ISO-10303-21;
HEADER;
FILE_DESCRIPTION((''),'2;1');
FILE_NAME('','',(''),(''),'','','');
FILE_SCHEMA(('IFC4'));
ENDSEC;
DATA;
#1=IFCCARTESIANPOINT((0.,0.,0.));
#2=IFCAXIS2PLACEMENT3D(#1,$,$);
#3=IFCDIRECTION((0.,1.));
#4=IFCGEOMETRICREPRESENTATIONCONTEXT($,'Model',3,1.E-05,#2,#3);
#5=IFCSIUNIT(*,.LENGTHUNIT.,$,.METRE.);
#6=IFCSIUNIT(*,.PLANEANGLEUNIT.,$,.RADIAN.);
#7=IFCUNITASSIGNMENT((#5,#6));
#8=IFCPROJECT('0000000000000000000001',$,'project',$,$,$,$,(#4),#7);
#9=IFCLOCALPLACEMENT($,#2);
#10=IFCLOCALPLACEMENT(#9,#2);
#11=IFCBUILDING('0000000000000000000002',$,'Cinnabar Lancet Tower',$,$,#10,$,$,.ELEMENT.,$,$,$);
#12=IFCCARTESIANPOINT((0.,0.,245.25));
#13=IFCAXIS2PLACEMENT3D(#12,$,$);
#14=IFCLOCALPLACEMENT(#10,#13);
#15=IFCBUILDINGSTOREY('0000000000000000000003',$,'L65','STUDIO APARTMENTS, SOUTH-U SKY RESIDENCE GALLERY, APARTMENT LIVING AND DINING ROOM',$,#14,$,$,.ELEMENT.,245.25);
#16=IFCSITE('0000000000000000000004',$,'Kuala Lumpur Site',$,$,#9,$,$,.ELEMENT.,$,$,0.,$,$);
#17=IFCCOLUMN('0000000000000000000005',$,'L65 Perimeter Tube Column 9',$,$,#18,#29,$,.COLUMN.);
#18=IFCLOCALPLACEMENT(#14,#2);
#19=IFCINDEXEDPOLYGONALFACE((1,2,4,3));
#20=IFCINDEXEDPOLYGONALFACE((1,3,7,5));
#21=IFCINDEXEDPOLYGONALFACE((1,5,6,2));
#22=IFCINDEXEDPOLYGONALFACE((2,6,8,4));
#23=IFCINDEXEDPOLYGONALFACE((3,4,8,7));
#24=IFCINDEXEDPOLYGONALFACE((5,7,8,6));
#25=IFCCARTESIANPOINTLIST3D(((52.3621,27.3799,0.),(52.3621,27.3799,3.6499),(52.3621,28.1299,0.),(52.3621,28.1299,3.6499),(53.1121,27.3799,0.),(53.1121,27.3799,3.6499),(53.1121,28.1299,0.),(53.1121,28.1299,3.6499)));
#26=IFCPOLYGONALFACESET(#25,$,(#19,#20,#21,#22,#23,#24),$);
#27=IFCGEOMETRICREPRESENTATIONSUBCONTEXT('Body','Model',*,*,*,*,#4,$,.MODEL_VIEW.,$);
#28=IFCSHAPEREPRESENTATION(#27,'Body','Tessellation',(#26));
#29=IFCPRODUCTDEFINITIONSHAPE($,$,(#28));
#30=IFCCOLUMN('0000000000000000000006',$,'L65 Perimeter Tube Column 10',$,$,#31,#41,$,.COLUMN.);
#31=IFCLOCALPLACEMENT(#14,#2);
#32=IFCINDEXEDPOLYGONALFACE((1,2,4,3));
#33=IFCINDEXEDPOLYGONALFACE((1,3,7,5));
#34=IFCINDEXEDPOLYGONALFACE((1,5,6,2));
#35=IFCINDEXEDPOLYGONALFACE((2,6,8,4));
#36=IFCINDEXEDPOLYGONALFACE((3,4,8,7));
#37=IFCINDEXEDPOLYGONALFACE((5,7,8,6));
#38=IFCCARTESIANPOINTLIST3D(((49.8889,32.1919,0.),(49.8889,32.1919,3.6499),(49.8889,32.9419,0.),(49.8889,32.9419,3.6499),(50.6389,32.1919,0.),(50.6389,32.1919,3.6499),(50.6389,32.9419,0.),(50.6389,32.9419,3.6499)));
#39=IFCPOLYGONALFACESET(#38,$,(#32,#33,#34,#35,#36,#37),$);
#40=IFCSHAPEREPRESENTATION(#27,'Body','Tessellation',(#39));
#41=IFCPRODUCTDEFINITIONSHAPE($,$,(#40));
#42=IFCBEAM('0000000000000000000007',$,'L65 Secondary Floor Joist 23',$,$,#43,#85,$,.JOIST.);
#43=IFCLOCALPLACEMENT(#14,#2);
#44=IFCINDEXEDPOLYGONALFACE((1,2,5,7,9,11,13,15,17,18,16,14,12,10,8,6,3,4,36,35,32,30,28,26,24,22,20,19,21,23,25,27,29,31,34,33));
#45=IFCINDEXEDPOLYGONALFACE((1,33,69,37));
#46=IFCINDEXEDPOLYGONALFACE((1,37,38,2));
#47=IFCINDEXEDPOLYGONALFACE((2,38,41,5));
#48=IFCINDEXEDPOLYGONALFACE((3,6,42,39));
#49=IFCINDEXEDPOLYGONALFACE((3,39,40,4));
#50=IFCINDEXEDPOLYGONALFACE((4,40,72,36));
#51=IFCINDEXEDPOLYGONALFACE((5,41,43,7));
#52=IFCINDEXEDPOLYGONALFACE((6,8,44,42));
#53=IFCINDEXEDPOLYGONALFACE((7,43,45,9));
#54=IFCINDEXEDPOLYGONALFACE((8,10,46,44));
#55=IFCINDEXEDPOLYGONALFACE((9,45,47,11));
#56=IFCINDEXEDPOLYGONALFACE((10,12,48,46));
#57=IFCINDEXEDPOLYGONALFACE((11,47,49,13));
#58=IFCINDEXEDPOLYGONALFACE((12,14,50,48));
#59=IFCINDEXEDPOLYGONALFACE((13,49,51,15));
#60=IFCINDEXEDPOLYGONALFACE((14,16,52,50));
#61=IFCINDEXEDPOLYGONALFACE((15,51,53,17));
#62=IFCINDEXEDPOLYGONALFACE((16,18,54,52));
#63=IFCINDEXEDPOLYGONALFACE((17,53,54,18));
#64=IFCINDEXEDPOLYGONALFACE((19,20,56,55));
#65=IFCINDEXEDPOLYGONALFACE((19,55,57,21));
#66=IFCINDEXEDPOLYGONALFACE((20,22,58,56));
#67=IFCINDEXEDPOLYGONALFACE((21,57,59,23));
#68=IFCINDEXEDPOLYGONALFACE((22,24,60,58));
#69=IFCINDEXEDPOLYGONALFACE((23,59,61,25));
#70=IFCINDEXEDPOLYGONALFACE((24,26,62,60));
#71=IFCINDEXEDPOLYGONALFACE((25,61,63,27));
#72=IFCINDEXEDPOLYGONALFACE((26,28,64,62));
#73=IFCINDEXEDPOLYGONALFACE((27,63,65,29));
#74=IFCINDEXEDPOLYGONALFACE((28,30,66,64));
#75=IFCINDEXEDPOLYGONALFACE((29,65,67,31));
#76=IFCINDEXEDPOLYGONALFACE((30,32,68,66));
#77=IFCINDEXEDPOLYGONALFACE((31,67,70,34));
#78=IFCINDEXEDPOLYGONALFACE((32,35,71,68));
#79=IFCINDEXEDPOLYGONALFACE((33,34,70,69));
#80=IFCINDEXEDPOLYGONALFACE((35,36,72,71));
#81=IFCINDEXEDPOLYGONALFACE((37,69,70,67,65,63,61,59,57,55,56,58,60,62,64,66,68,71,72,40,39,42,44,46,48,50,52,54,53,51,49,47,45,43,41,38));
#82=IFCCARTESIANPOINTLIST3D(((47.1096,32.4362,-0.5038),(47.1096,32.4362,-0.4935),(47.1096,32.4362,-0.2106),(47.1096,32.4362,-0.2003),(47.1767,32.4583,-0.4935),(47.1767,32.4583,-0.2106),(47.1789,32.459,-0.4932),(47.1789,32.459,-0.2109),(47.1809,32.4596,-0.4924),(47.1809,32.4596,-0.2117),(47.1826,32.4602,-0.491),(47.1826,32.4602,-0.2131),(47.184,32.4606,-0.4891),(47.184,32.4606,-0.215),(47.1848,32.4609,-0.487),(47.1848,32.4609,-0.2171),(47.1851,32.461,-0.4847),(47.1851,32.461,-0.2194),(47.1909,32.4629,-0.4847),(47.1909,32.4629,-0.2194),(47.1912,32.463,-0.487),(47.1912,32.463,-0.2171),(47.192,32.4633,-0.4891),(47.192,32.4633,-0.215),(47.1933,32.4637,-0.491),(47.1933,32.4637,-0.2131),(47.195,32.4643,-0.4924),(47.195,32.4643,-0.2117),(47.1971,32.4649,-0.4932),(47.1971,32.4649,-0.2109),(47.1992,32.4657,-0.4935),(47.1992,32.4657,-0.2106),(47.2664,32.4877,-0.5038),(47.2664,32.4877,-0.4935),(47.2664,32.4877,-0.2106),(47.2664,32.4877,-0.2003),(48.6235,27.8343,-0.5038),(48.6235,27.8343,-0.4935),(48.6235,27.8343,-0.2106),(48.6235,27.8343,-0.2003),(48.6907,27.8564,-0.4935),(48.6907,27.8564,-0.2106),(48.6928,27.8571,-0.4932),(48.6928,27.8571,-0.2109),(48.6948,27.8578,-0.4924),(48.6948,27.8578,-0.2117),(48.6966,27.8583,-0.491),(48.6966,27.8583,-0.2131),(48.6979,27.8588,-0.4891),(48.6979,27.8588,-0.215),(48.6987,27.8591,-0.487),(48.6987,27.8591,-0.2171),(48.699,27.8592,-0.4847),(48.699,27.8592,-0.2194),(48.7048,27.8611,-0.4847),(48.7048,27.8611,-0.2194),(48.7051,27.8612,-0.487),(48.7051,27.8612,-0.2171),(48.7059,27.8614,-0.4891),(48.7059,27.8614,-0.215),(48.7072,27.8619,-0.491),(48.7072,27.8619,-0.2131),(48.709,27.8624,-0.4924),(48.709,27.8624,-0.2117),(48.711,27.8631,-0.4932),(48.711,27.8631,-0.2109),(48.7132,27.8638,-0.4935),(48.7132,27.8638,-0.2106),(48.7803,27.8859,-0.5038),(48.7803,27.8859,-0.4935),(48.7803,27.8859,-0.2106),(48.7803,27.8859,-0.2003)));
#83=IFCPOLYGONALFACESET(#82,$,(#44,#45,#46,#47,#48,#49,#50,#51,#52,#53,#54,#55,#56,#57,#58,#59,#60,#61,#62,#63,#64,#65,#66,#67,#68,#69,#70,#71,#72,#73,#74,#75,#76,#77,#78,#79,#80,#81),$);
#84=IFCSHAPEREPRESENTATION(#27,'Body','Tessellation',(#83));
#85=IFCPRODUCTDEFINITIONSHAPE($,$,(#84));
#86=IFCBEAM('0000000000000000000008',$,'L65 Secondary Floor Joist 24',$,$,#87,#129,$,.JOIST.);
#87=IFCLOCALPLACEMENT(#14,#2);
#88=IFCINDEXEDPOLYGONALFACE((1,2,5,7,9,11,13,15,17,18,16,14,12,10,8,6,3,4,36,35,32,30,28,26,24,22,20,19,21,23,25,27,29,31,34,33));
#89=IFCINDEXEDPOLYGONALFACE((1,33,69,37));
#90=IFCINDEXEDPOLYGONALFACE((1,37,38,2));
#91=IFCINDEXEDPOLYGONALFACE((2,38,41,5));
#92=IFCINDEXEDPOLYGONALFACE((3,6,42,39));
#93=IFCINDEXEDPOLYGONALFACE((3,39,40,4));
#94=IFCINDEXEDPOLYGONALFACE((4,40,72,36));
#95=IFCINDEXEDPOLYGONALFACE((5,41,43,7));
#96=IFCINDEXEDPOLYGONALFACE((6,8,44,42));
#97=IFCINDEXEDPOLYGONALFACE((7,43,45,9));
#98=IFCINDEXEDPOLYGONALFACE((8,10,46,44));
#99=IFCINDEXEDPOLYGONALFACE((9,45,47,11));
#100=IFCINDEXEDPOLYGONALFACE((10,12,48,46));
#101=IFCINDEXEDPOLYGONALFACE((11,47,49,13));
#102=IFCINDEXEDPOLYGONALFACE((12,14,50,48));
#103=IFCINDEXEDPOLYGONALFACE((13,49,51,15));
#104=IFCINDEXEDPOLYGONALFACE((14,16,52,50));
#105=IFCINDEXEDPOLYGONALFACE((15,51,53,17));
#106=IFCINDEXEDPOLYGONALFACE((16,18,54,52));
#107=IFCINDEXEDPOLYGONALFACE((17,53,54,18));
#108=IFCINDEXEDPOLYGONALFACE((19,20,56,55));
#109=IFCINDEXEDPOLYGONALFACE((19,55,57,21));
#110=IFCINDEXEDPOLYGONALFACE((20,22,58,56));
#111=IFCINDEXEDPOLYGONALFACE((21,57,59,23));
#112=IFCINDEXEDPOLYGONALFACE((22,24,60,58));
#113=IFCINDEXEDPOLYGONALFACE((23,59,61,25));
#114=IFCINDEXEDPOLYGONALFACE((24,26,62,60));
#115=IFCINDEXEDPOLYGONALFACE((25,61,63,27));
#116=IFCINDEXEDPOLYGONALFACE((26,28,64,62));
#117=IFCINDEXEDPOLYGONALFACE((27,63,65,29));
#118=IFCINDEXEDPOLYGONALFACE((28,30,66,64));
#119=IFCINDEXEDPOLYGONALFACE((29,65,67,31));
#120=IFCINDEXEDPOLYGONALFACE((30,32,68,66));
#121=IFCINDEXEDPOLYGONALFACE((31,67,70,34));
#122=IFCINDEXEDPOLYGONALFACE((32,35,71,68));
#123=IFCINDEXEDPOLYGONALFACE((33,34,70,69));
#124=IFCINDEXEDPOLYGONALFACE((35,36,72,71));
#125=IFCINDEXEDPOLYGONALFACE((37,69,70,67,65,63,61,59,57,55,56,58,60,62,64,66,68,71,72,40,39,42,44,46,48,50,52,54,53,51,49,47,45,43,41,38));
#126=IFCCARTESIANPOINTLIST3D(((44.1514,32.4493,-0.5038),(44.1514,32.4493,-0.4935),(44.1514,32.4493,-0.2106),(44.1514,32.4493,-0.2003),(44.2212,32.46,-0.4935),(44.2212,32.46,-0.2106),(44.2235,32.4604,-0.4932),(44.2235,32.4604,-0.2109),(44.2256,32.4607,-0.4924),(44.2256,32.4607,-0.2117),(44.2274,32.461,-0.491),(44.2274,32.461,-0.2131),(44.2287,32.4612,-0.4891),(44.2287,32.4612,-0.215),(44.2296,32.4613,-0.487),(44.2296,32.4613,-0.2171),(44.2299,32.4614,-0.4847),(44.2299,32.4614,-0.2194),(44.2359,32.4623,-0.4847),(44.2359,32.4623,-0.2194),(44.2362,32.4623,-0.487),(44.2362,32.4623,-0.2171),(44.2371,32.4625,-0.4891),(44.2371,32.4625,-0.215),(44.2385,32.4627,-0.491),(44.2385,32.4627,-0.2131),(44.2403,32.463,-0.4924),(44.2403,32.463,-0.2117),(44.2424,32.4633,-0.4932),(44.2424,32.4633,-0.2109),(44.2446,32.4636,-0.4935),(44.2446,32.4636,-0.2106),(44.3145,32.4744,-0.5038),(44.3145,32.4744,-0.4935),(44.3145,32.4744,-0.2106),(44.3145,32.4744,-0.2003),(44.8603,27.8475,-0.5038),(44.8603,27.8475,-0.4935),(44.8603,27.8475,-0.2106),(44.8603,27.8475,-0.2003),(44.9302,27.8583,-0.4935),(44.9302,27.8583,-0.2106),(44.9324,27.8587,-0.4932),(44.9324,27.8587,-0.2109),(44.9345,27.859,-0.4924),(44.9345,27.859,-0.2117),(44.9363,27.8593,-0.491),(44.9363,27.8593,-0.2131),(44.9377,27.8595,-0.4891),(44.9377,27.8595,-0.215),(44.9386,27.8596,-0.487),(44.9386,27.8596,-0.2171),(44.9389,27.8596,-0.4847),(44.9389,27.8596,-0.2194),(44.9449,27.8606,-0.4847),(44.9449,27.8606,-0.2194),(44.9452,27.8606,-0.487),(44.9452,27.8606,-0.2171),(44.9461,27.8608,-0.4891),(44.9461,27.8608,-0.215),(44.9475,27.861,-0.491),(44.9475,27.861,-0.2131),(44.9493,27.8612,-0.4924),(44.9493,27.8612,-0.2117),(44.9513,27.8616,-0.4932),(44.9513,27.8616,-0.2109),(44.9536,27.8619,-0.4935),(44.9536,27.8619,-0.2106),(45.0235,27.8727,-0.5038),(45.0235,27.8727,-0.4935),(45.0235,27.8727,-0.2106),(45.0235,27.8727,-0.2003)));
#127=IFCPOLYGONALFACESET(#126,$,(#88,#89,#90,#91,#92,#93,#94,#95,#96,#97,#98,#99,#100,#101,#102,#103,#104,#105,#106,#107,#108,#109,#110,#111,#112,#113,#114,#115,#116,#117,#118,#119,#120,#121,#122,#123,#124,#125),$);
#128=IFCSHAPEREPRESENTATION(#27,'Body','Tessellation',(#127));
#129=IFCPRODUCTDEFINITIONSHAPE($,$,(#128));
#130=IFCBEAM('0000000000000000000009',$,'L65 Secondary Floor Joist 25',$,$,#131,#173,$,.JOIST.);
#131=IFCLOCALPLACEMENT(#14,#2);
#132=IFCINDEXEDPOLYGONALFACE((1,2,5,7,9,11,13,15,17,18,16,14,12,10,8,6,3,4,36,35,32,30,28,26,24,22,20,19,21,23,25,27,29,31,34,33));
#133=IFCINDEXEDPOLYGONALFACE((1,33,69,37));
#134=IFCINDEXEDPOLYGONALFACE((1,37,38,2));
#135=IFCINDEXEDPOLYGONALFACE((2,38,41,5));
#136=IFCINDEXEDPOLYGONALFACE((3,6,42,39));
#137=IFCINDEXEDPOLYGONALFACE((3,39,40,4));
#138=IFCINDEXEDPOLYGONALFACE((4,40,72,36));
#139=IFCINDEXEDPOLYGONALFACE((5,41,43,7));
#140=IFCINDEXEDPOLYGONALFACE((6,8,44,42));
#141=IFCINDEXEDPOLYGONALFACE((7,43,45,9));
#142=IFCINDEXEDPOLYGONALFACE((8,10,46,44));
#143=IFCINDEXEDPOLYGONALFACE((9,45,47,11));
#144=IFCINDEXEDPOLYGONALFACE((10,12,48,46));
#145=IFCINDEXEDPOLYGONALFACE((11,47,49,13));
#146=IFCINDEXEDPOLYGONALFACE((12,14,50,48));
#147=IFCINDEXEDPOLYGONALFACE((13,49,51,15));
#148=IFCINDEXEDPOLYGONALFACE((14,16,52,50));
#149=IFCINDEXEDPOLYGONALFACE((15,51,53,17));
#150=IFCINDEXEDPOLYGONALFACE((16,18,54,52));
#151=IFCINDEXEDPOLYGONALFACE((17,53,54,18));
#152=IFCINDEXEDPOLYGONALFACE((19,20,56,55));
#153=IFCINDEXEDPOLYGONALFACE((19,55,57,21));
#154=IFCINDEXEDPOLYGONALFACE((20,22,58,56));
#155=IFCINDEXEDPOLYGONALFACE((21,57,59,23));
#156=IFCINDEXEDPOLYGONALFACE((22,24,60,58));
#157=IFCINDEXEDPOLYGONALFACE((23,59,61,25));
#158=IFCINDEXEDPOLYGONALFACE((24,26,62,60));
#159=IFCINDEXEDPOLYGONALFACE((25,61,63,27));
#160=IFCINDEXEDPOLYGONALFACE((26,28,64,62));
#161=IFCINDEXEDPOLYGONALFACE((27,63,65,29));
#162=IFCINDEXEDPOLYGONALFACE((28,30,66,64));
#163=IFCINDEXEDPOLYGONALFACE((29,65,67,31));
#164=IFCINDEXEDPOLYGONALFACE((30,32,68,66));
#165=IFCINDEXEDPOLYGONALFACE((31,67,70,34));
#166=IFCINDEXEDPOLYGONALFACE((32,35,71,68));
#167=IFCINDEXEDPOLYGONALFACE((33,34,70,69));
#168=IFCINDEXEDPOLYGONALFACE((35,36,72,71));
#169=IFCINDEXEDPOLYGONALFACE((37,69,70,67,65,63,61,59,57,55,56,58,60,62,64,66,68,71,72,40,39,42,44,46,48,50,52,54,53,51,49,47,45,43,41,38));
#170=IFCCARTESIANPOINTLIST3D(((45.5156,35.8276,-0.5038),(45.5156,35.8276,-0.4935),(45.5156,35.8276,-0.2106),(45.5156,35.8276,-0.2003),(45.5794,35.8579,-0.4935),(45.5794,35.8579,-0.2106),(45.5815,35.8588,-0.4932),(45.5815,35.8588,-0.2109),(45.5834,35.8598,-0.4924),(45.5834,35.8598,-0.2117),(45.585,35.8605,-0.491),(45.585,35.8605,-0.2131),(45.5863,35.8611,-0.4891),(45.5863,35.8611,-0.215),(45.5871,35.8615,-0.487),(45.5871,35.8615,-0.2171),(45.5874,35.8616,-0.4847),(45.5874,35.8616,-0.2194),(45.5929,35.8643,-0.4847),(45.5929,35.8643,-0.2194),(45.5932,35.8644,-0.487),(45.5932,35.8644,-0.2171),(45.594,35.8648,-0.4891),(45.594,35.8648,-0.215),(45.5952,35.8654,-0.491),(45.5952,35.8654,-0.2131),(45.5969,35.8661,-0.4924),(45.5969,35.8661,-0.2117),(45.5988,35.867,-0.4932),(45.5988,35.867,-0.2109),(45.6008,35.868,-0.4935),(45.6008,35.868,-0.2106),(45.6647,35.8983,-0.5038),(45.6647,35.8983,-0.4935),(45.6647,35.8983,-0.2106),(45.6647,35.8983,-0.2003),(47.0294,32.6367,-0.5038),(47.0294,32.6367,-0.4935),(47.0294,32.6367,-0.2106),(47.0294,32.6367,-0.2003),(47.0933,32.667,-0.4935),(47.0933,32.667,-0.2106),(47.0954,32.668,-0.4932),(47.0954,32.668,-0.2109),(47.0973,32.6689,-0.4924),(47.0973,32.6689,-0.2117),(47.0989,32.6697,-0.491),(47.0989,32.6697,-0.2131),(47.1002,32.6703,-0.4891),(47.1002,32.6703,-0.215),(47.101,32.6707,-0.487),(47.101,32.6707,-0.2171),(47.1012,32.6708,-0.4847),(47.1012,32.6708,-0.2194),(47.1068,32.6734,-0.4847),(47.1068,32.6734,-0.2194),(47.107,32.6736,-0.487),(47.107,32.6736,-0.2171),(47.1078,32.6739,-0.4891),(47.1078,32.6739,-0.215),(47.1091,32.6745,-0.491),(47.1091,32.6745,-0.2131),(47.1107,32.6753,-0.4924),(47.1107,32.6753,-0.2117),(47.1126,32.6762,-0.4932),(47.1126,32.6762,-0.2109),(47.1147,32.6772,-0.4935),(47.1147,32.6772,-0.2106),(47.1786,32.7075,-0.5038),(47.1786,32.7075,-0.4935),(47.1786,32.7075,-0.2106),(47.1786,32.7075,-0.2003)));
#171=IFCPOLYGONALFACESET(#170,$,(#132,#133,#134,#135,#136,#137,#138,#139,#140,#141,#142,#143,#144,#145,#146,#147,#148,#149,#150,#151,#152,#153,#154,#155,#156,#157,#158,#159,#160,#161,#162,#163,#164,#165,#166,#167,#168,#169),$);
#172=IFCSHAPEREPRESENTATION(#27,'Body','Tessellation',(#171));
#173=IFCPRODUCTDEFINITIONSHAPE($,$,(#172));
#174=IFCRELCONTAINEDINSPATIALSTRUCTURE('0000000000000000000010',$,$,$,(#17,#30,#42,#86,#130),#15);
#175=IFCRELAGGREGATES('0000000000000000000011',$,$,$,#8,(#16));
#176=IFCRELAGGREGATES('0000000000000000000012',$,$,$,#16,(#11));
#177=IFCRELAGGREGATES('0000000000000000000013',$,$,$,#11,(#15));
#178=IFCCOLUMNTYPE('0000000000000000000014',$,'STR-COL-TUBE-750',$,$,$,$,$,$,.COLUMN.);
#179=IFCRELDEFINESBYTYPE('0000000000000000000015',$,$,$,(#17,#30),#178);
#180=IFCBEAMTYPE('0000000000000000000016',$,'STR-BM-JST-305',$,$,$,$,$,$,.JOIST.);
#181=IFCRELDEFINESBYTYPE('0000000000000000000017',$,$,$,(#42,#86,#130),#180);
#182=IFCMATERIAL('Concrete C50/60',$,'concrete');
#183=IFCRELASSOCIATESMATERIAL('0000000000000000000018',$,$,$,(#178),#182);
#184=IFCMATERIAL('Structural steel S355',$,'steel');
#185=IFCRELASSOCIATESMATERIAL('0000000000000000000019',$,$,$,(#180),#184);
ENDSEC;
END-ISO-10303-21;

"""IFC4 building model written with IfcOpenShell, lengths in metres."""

from ifc_helpers import new_model, si_unit, direction, frame, origin, origin_2d, place, context, subcontext, project, spatial, rectangle, i_section, extrude, material, material_profile, profile_set, type_object, element, save


model = new_model("IFC4")

# Units and contexts
model_context = context("Model", 3, precision=1e-05, world=origin(), true_north=direction((0.0, 1.0)))
body_context = subcontext(model_context, "Body", "Model", "MODEL_VIEW")
ifc_project = project(units=[si_unit("LENGTHUNIT", "METRE"), si_unit("PLANEANGLEUNIT", "RADIAN")], contexts=[model_context])

# Site, building, storey
site_placement = place(None, origin())
site = spatial("IfcSite", under=ifc_project, at=site_placement, Name="Kuala Lumpur Site", CompositionType="ELEMENT", RefElevation=0.0)
building_placement = place(site_placement, origin())
building = spatial("IfcBuilding", under=site, at=building_placement, Name="Cinnabar Lancet Tower", CompositionType="ELEMENT")
storey_placement = place(building_placement, frame((0.0, 0.0, 245.25)))
storey = spatial("IfcBuildingStorey", under=building, at=storey_placement, Name="L65", Description="STUDIO APARTMENTS, SOUTH-U SKY RESIDENCE GALLERY, APARTMENT LIVING AND DINING ROOM", CompositionType="ELEMENT", Elevation=245.25)

# Columns
ifc_material_1 = material(Name="Concrete C50/60", Category="concrete")
ifc_material_profile_1 = material_profile(ifc_material_1, rectangle(XDim=0.75, YDim=0.75, at=origin_2d()), Name="RC-COL 750x750")
ifc_profile_set_1 = profile_set([ifc_material_profile_1], Name="Concrete C50/60")
column_type = type_object("IfcColumnType", Name="STR-COL-TUBE-750", PredefinedType="COLUMN", material=ifc_profile_set_1)
for number, where, z_axis, x_axis, name in (
    (1, (52.7371, 27.7549, 0.0), (0.0, 0.0, 1.0), (1.0, 0.0, 0.0), "L65 Perimeter Tube Column 9"),
    (2, (50.2639, 32.5669, 0.0), (0.0, 0.0, 1.0), (1.0, 0.0, 0.0), "L65 Perimeter Tube Column 10"),
):
    element("IfcColumn", number, at=place(storey_placement, frame(where, z_axis=z_axis, x_axis=x_axis)), inside=storey, type_object=column_type, Name=name, PredefinedType="COLUMN", context=body_context, shape_type="SweptSolid", body=[
        extrude(rectangle(XDim=0.75, YDim=0.75, at=origin_2d()), origin(), (0.0, 0.0, 1.0), 3.6499),
    ])

# Beams
ifc_material_2 = material(Name="Structural steel S355", Category="steel")
ifc_material_profile_2 = material_profile(ifc_material_2, i_section(OverallWidth=0.165, OverallDepth=0.3035, WebThickness=0.0061, FlangeThickness=0.0103, FilletRadius=0.0088, at=origin_2d()), Name="UKB 305x165x40")
ifc_profile_set_2 = profile_set([ifc_material_profile_2], Name="Structural steel S355")
beam_type_1 = type_object("IfcBeamType", Name="STR-BM-JST-305", PredefinedType="JOIST", material=ifc_profile_set_2)
beam_1_placement = place(storey_placement, frame((48.7019, 27.8601, -0.3521), z_axis=(-0.312506, 0.949916, 0.0), x_axis=(-0.949916, -0.312506, 0.0)))
element("IfcBeam", 3, at=beam_1_placement, inside=storey, type_object=beam_type_1, Name="L65 Secondary Floor Joist 23", PredefinedType="JOIST", context=body_context, shape_type="SweptSolid", body=[
    extrude(i_section(OverallWidth=0.165, OverallDepth=0.3035, WebThickness=0.0061, FlangeThickness=0.0103, FilletRadius=0.0088, at=origin_2d()), origin(), (0.0, 0.0, 1.0), 4.8445),
])
beam_2_placement = place(storey_placement, frame((44.9419, 27.8601, -0.3521), z_axis=(-0.15227, 0.988339, 0.0), x_axis=(-0.988339, -0.15227, 0.0)))
element("IfcBeam", 4, at=beam_2_placement, inside=storey, type_object=beam_type_1, Name="L65 Secondary Floor Joist 24", PredefinedType="JOIST", context=body_context, shape_type="SweptSolid", body=[
    extrude(i_section(OverallWidth=0.165, OverallDepth=0.3035, WebThickness=0.0061, FlangeThickness=0.0103, FilletRadius=0.0088, at=origin_2d()), origin(), (0.0, 0.0, 1.0), 4.656),
])
beam_3_placement = place(storey_placement, frame((47.104, 32.6721, -0.3521), z_axis=(-0.428648, 0.903472, 0.0), x_axis=(-0.903472, -0.428648, 0.0)))
element("IfcBeam", 5, at=beam_3_placement, inside=storey, type_object=beam_type_1, Name="L65 Secondary Floor Joist 25", PredefinedType="JOIST", context=body_context, shape_type="SweptSolid", body=[
    extrude(i_section(OverallWidth=0.165, OverallDepth=0.3035, WebThickness=0.0061, FlangeThickness=0.0103, FilletRadius=0.0088, at=origin_2d()), origin(), (0.0, 0.0, 1.0), 3.5317),
])

save(model, "model.ifc")
